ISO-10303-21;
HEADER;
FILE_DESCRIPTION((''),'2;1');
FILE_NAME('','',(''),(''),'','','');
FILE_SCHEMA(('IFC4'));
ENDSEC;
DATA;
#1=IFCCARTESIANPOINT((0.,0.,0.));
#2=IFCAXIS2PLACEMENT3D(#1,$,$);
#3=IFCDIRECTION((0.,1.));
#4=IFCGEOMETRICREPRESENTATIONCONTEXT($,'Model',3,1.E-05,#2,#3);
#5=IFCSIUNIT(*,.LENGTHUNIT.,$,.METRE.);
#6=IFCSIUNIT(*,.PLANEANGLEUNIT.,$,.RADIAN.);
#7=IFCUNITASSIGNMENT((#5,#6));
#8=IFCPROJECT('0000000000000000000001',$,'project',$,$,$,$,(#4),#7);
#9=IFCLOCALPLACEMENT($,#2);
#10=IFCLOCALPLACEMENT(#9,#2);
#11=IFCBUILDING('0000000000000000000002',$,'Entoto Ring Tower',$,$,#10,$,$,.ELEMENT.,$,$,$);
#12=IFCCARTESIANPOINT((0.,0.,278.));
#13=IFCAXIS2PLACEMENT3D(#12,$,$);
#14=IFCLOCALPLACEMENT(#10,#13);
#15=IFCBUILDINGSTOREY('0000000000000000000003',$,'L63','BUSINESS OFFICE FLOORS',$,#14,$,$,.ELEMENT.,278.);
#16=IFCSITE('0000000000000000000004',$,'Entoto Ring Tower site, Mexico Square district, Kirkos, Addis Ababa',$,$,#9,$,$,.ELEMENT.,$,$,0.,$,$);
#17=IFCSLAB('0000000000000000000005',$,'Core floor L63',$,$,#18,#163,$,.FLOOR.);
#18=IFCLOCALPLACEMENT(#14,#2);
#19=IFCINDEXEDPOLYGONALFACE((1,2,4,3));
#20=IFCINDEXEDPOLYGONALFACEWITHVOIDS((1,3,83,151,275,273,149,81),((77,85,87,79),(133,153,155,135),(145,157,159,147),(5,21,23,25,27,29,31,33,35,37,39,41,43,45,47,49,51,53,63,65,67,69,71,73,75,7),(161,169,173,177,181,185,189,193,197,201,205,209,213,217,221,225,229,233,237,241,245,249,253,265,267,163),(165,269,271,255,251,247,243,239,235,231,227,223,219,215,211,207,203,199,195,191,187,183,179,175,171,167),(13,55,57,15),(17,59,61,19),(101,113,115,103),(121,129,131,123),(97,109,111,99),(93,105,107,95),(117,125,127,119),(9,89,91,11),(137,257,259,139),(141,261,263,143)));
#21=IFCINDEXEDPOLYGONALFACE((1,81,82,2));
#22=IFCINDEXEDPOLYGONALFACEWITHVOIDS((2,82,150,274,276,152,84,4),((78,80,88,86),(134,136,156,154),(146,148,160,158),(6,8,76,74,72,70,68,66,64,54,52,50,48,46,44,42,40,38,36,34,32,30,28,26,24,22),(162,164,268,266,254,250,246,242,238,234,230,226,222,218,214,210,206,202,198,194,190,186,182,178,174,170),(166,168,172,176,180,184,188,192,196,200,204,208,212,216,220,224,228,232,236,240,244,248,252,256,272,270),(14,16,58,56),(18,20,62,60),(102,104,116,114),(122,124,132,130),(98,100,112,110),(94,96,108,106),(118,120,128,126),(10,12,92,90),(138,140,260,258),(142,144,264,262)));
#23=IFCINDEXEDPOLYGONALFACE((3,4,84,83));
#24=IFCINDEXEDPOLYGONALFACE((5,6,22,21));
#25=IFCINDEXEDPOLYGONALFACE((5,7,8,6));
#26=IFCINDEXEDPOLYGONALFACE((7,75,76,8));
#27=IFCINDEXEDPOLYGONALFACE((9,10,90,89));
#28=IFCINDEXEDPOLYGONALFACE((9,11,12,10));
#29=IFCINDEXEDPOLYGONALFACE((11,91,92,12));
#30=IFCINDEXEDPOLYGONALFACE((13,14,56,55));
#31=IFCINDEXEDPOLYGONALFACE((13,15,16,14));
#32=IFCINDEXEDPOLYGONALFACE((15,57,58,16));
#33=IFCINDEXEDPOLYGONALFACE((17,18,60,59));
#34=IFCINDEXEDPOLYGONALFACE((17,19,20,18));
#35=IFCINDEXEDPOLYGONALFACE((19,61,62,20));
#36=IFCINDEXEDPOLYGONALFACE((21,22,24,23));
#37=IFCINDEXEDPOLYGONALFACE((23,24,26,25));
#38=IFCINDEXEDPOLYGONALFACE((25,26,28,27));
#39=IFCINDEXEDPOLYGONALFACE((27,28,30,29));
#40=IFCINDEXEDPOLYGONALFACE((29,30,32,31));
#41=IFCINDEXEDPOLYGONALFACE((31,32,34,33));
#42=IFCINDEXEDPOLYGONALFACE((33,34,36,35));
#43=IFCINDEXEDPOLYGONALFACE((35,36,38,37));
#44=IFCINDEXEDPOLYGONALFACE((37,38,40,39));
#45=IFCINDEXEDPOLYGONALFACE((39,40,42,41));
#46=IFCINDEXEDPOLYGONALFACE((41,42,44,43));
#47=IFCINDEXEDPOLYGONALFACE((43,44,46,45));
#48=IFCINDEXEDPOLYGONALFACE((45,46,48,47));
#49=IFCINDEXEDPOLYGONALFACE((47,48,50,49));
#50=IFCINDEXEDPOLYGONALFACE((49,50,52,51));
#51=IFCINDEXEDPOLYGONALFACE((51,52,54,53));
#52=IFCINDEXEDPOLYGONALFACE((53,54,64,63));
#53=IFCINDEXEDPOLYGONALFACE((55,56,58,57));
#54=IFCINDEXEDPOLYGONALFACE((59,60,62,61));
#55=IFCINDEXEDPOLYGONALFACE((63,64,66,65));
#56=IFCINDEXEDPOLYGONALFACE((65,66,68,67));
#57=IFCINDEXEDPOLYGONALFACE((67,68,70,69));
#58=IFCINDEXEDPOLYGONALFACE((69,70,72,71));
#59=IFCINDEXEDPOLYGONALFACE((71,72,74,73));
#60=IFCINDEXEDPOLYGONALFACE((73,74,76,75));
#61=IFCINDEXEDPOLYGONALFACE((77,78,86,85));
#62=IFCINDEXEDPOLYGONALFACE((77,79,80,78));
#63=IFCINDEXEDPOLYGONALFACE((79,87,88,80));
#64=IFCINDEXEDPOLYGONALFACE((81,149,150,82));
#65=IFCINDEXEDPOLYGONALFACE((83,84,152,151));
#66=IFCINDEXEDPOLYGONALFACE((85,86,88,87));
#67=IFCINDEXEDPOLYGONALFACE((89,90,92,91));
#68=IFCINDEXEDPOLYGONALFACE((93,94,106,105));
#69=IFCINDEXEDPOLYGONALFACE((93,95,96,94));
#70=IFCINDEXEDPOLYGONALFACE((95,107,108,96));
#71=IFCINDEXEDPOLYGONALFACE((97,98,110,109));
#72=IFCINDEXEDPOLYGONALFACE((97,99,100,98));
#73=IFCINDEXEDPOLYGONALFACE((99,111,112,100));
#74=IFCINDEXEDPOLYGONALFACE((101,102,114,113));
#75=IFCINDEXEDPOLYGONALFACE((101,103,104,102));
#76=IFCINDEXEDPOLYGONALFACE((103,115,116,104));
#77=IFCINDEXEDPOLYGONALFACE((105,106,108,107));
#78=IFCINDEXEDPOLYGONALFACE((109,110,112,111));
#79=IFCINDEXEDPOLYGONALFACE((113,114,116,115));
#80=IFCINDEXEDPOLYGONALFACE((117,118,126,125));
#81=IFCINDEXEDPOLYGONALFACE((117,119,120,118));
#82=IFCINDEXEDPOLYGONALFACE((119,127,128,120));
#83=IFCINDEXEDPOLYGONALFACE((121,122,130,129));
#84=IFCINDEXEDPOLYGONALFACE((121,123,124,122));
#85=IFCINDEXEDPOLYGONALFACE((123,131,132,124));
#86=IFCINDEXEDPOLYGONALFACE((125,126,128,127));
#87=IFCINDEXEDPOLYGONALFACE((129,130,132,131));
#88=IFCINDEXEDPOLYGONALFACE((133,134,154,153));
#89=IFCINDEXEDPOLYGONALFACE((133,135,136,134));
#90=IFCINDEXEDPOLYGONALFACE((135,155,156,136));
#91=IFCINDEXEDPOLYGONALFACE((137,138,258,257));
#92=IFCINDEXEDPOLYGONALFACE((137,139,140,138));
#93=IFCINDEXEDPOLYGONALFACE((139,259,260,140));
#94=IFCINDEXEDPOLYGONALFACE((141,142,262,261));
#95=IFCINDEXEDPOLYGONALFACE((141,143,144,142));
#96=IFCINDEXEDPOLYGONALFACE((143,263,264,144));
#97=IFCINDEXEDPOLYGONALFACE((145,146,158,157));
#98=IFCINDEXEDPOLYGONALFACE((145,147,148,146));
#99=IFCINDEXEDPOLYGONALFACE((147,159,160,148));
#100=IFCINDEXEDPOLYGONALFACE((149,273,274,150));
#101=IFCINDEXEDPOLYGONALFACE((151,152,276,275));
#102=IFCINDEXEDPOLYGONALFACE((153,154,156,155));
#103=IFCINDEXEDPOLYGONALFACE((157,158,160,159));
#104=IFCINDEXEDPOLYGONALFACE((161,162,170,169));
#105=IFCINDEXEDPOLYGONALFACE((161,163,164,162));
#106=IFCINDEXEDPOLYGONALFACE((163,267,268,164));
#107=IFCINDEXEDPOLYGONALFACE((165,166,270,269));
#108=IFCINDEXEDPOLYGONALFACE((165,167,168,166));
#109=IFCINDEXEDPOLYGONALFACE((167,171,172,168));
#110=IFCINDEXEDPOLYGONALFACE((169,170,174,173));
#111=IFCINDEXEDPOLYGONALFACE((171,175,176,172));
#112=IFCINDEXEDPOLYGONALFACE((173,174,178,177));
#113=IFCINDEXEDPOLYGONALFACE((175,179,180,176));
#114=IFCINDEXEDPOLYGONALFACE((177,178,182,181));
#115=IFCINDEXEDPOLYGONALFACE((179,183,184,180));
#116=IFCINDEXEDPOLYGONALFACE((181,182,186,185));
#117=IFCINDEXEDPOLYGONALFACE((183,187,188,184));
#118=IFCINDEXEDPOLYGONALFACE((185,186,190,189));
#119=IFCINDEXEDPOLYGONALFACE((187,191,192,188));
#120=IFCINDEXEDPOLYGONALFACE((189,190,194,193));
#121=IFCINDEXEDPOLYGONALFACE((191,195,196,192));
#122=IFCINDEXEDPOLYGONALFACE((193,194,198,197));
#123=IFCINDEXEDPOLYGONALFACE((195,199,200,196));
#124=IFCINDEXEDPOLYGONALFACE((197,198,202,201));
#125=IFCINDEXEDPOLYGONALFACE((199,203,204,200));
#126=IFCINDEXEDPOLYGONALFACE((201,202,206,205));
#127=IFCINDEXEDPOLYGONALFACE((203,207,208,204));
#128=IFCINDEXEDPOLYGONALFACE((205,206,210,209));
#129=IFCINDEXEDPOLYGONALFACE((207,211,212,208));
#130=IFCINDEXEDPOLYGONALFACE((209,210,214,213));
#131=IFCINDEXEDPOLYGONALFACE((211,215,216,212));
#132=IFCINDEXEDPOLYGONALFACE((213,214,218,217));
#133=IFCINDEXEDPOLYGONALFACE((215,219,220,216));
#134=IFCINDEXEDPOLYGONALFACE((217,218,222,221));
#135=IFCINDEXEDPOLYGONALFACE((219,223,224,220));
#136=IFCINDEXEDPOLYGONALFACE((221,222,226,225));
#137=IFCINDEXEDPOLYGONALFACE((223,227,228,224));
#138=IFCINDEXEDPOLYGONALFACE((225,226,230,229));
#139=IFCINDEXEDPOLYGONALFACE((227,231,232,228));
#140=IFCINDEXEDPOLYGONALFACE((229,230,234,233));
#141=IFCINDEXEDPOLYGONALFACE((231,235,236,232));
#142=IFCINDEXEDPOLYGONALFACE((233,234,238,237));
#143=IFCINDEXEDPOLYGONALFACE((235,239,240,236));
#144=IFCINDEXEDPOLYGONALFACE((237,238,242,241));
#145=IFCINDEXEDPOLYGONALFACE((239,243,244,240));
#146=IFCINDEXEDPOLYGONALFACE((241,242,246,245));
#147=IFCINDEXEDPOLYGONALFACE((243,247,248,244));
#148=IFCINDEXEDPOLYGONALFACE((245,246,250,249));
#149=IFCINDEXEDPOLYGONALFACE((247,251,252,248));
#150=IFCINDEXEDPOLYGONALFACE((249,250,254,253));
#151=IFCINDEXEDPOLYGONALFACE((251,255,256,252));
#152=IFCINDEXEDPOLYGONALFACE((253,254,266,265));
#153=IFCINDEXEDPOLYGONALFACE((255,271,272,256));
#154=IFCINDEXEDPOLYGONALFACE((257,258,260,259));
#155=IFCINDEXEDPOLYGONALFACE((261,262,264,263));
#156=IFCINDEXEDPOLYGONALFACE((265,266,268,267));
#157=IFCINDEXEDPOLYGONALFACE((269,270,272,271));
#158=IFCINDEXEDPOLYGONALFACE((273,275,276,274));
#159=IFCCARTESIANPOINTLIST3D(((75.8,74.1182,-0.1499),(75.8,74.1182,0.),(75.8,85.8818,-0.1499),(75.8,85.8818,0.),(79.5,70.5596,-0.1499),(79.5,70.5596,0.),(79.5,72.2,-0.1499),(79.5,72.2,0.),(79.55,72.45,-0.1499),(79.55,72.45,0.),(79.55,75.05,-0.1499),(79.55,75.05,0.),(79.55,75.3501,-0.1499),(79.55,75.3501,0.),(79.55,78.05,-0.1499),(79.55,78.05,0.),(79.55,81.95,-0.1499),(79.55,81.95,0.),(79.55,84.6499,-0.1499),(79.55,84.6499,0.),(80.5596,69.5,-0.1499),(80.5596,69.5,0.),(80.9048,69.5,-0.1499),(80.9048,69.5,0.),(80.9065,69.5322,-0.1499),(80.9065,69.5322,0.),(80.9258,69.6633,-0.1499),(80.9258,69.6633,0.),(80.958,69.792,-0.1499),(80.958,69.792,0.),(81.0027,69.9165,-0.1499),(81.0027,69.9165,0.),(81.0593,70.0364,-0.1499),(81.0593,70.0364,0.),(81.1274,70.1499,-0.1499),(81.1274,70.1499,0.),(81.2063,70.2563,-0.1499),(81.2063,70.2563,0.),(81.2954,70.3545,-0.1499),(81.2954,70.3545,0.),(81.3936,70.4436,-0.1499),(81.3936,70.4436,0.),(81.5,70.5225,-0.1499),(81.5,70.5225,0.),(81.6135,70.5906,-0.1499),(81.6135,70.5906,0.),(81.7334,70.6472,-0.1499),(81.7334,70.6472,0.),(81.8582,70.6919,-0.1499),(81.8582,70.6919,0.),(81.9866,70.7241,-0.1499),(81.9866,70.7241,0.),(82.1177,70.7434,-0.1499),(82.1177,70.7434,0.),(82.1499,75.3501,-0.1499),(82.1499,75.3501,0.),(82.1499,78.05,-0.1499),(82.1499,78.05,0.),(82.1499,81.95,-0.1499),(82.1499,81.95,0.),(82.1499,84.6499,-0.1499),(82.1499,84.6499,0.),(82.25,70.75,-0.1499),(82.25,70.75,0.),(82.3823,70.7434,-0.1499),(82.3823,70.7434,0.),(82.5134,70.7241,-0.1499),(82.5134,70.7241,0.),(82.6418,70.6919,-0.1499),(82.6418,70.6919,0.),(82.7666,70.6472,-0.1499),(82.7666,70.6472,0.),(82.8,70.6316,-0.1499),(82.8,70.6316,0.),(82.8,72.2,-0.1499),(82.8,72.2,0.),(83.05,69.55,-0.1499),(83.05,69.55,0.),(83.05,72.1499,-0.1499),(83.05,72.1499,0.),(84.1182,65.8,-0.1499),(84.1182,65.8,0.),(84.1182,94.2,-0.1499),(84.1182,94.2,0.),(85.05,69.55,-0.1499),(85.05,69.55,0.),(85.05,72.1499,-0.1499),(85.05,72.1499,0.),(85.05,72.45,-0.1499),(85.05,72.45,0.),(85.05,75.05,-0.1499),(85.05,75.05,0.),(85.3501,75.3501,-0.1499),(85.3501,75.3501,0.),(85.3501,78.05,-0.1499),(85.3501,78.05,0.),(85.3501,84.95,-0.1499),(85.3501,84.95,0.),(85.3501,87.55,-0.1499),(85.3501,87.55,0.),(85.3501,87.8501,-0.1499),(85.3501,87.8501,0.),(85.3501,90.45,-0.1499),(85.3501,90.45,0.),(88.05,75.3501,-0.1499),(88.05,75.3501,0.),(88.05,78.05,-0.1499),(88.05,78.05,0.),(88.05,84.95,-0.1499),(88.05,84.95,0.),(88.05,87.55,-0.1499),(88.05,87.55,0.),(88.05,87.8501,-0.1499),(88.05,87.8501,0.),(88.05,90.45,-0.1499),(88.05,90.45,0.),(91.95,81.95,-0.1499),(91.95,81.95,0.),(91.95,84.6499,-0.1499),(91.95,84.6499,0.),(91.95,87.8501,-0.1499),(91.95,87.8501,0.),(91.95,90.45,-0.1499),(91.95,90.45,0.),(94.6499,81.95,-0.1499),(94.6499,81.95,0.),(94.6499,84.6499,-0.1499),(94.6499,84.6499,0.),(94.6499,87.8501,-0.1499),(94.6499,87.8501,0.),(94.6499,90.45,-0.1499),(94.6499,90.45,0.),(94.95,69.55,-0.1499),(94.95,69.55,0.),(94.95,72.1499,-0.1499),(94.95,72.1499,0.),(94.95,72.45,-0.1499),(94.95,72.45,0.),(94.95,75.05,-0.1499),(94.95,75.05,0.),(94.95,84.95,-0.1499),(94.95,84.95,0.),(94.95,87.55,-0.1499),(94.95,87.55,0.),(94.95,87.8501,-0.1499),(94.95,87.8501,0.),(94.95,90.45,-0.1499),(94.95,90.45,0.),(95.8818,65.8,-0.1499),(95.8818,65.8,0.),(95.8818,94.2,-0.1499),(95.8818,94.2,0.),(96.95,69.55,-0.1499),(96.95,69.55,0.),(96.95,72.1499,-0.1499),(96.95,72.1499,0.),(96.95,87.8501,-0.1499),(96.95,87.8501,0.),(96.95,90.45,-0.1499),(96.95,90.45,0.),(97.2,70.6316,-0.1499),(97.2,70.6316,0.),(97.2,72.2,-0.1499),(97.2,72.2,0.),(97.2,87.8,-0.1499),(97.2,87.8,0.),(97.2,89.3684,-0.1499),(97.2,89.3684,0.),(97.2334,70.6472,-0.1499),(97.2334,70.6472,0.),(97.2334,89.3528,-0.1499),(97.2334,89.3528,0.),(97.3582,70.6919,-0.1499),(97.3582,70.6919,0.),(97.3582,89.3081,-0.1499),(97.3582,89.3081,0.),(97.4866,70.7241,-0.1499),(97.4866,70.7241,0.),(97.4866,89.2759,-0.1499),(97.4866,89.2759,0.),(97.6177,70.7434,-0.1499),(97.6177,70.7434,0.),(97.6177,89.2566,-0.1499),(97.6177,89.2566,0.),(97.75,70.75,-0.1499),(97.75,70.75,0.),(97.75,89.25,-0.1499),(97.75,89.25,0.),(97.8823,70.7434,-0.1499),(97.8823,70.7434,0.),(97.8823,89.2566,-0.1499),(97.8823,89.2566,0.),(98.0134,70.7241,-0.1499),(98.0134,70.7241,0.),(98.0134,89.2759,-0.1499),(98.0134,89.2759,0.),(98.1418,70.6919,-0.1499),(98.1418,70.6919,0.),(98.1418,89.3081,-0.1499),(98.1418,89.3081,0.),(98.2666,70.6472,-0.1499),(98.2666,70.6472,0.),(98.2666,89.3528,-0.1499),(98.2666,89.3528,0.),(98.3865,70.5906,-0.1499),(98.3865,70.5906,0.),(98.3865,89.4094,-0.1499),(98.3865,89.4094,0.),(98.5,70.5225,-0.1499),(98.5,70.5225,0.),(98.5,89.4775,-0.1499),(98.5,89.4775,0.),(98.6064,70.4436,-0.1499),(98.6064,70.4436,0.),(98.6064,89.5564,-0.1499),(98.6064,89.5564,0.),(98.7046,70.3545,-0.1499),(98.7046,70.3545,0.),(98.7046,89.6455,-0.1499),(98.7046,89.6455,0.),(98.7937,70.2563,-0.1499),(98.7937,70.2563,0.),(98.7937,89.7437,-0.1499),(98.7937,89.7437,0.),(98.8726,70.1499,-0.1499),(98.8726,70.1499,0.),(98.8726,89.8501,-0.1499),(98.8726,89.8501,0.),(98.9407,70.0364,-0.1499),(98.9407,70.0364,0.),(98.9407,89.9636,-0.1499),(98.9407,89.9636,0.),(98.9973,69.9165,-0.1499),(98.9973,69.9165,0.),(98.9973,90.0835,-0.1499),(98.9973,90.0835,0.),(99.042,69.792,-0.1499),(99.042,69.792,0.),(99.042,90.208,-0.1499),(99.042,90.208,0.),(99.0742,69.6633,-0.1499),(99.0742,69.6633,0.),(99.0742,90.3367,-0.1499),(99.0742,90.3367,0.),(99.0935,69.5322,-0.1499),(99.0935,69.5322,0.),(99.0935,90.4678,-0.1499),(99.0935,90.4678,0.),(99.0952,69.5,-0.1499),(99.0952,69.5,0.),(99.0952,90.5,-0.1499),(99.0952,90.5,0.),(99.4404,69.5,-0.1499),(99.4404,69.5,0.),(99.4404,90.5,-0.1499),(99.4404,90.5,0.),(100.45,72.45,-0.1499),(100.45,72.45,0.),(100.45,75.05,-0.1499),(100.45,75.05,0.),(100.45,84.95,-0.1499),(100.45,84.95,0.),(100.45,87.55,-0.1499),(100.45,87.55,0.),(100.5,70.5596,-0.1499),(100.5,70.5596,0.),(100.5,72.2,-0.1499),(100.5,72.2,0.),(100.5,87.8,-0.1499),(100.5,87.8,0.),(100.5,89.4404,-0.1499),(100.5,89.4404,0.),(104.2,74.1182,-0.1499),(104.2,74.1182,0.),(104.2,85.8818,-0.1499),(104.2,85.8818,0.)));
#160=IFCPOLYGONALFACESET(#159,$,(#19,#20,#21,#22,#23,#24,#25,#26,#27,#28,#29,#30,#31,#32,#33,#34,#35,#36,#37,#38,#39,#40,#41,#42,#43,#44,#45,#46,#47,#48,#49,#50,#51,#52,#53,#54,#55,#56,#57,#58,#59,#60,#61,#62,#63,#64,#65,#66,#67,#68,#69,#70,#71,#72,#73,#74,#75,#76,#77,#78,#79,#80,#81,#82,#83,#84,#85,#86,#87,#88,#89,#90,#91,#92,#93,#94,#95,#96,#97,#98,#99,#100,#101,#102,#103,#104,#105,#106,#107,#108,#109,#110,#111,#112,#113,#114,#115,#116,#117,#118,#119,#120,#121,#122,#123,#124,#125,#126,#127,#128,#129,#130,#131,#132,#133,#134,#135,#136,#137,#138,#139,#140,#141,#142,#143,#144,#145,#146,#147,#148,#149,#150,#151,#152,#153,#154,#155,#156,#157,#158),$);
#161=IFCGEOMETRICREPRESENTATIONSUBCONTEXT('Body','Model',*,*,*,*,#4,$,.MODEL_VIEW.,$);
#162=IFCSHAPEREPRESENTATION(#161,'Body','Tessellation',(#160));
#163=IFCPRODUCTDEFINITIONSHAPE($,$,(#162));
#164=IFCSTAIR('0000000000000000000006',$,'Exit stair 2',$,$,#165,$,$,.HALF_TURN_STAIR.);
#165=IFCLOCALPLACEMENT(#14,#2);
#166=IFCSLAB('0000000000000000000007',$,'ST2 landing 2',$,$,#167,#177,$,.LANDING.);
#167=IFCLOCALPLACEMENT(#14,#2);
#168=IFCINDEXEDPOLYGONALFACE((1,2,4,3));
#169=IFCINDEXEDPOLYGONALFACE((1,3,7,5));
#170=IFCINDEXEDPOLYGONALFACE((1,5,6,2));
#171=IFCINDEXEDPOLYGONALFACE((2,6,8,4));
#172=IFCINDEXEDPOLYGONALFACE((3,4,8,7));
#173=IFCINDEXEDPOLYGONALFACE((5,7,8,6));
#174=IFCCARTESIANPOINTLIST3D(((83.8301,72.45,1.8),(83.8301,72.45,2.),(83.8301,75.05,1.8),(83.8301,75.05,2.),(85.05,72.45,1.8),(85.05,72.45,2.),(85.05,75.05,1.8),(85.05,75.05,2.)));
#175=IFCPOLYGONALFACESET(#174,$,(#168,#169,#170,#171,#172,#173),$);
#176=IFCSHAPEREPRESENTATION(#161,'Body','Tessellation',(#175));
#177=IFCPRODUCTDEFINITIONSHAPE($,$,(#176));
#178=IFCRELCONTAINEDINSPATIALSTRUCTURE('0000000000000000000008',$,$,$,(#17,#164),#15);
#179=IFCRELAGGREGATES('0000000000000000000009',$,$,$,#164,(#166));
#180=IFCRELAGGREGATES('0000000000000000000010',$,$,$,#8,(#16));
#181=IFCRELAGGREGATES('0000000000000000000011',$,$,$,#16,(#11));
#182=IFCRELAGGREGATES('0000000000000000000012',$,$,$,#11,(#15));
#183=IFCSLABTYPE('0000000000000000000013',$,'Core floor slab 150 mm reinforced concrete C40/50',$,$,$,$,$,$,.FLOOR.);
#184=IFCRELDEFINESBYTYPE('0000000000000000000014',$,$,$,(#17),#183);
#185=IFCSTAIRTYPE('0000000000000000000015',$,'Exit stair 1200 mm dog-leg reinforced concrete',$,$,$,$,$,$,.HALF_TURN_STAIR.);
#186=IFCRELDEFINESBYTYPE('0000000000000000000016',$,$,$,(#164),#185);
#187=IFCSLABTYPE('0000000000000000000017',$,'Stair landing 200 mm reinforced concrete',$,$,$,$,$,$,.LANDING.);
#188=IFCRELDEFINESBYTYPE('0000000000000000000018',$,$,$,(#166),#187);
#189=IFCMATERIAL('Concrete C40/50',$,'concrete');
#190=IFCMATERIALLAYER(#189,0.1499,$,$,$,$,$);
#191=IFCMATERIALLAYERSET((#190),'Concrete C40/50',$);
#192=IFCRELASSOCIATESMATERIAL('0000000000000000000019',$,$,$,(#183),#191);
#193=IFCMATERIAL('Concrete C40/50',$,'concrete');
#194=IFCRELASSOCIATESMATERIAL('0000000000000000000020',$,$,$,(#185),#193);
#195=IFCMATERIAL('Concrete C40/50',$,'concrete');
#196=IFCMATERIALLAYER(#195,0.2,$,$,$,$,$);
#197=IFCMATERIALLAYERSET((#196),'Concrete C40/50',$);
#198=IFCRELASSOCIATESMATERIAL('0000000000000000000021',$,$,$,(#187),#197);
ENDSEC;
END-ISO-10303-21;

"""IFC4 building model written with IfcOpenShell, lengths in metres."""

from ifc_helpers import new_model, si_unit, direction, frame, origin, place, context, subcontext, project, spatial, polyline, outline, extrude, material, layer, layer_set, type_object, element, aggregate, save


model = new_model("IFC4")

# Units and contexts
model_context = context("Model", 3, precision=1e-05, world=origin(), true_north=direction((0.0, 1.0)))
body_context = subcontext(model_context, "Body", "Model", "MODEL_VIEW")
ifc_project = project(units=[si_unit("LENGTHUNIT", "METRE"), si_unit("PLANEANGLEUNIT", "RADIAN")], contexts=[model_context])

# Site, building, storey
site_placement = place(None, origin())
site = spatial("IfcSite", under=ifc_project, at=site_placement, Name="Entoto Ring Tower site, Mexico Square district, Kirkos, Addis Ababa", CompositionType="ELEMENT", RefElevation=0.0)
building_placement = place(site_placement, origin())
building = spatial("IfcBuilding", under=site, at=building_placement, Name="Entoto Ring Tower", CompositionType="ELEMENT")
storey_placement = place(building_placement, frame((0.0, 0.0, 278.0)))
storey = spatial("IfcBuildingStorey", under=building, at=storey_placement, Name="L63", Description="BUSINESS OFFICE FLOORS", CompositionType="ELEMENT", Elevation=278.0)

# Slab
ifc_material_1 = material(Name="Concrete C40/50", Category="concrete")
ifc_layer_1 = layer(ifc_material_1, 0.1499)
ifc_layer_set_1 = layer_set([ifc_layer_1], Name="Concrete C40/50")
slab_type_1 = type_object("IfcSlabType", Name="Core floor slab 150 mm reinforced concrete C40/50", PredefinedType="FLOOR", material=ifc_layer_set_1)
slab_1_placement = place(storey_placement, frame((0.0, 0.0, -0.1499)))
element("IfcSlab", 1, at=slab_1_placement, inside=storey, type_object=slab_type_1, Name="Core floor L63", PredefinedType="FLOOR", context=body_context, shape_type="SweptSolid", body=[
    extrude(outline(polyline([(104.2, 74.1182), (104.2, 85.8818), (95.8818, 94.2), (84.1182, 94.2), (75.8, 85.8818), (75.8, 74.1182), (84.1182, 65.8), (95.8818, 65.8), (104.2, 74.1182)]), holes=[polyline([(100.45, 84.95), (100.45, 87.55), (94.95, 87.55), (94.95, 84.95), (100.45, 84.95)]), polyline([(85.05, 72.45), (85.05, 75.05), (79.55, 75.05), (79.55, 72.45), (85.05, 72.45)]), polyline([(100.45, 72.45), (100.45, 75.05), (94.95, 75.05), (94.95, 72.45), (100.45, 72.45)]), polyline([(94.95, 90.45), (94.95, 87.8501), (96.95, 87.8501), (96.95, 90.45), (94.95, 90.45)]), polyline([(94.95, 72.1499), (94.95, 69.55), (96.95, 69.55), (96.95, 72.1499), (94.95, 72.1499)]), polyline([(83.05, 72.1499), (83.05, 69.55), (85.05, 69.55), (85.05, 72.1499), (83.05, 72.1499)]), polyline([(79.55, 81.95), (82.1499, 81.95), (82.1499, 84.6499), (79.55, 84.6499), (79.55, 81.95)]), polyline([(79.55, 75.3501), (82.1499, 75.3501), (82.1499, 78.05), (79.55, 78.05), (79.55, 75.3501)]), polyline([(91.95, 87.8501), (94.6499, 87.8501), (94.6499, 90.45), (91.95, 90.45), (91.95, 87.8501)]), polyline([(91.95, 81.95), (94.6499, 81.95), (94.6499, 84.6499), (91.95, 84.6499), (91.95, 81.95)]), polyline([(85.3501, 75.3501), (88.05, 75.3501), (88.05, 78.05), (85.3501, 78.05), (85.3501, 75.3501)]), polyline([(85.3501, 84.95), (88.05, 84.95), (88.05, 87.55), (85.3501, 87.55), (85.3501, 84.95)]), polyline([(85.3501, 87.8501), (88.05, 87.8501), (88.05, 90.45), (85.3501, 90.45), (85.3501, 87.8501)]), polyline([(97.2, 89.3684), (97.2, 87.8), (100.5, 87.8), (100.5, 89.4404), (99.4404, 90.5), (99.0952, 90.5), (99.0935, 90.4678), (99.0742, 90.3367), (99.042, 90.208), (98.9973, 90.0835), (98.9407, 89.9636), (98.8726, 89.8501), (98.7937, 89.7437), (98.7046, 89.6455), (98.6064, 89.5564), (98.5, 89.4775), (98.3865, 89.4094), (98.2666, 89.3528), (98.1418, 89.3081), (98.0134, 89.2759), (97.8823, 89.2566), (97.75, 89.25), (97.6177, 89.2566), (97.4866, 89.2759), (97.3582, 89.3081), (97.2334, 89.3528), (97.2, 89.3684)]), polyline([(80.5596, 69.5), (80.9048, 69.5), (80.9065, 69.5322), (80.9258, 69.6633), (80.958, 69.792), (81.0027, 69.9165), (81.0593, 70.0364), (81.1274, 70.1499), (81.2063, 70.2563), (81.2954, 70.3545), (81.3936, 70.4436), (81.5, 70.5225), (81.6135, 70.5906), (81.7334, 70.6472), (81.8582, 70.6919), (81.9866, 70.7241), (82.1177, 70.7434), (82.25, 70.75), (82.3823, 70.7434), (82.5134, 70.7241), (82.6418, 70.6919), (82.7666, 70.6472), (82.8, 70.6316), (82.8, 72.2), (79.5, 72.2), (79.5, 70.5596), (80.5596, 69.5)]), polyline([(99.0952, 69.5), (99.4404, 69.5), (100.5, 70.5596), (100.5, 72.2), (97.2, 72.2), (97.2, 70.6316), (97.2334, 70.6472), (97.3582, 70.6919), (97.4866, 70.7241), (97.6177, 70.7434), (97.75, 70.75), (97.8823, 70.7434), (98.0134, 70.7241), (98.1418, 70.6919), (98.2666, 70.6472), (98.3865, 70.5906), (98.5, 70.5225), (98.6064, 70.4436), (98.7046, 70.3545), (98.7937, 70.2563), (98.8726, 70.1499), (98.9407, 70.0364), (98.9973, 69.9165), (99.042, 69.792), (99.0742, 69.6633), (99.0935, 69.5322), (99.0952, 69.5)])]), origin(), (0.0, 0.0, 1.0), 0.1499),
])

# Stair, slab
ifc_material_2 = material(Name="Concrete C40/50", Category="concrete")
stair_type = type_object("IfcStairType", Name="Exit stair 1200 mm dog-leg reinforced concrete", PredefinedType="HALF_TURN_STAIR", material=ifc_material_2)
stair_1_placement = place(storey_placement, origin())
stair_1 = element("IfcStair", 2, at=stair_1_placement, inside=storey, type_object=stair_type, Name="Exit stair 2", PredefinedType="HALF_TURN_STAIR")
ifc_material_3 = material(Name="Concrete C40/50", Category="concrete")
ifc_layer_2 = layer(ifc_material_3, 0.2)
ifc_layer_set_2 = layer_set([ifc_layer_2], Name="Concrete C40/50")
slab_type_2 = type_object("IfcSlabType", Name="Stair landing 200 mm reinforced concrete", PredefinedType="LANDING", material=ifc_layer_set_2)
slab_2_placement = place(storey_placement, frame((0.0, 0.0, 1.8)))
slab_2 = element("IfcSlab", 3, at=slab_2_placement, type_object=slab_type_2, Name="ST2 landing 2", PredefinedType="LANDING", context=body_context, shape_type="SweptSolid", body=[
    extrude(outline(polyline([(83.8301, 72.45), (85.05, 72.45), (85.05, 75.05), (83.8301, 75.05), (83.8301, 72.45)])), origin(), (0.0, 0.0, 1.0), 0.2),
])
aggregate(stair_1, [slab_2])

save(model, "model.ifc")
